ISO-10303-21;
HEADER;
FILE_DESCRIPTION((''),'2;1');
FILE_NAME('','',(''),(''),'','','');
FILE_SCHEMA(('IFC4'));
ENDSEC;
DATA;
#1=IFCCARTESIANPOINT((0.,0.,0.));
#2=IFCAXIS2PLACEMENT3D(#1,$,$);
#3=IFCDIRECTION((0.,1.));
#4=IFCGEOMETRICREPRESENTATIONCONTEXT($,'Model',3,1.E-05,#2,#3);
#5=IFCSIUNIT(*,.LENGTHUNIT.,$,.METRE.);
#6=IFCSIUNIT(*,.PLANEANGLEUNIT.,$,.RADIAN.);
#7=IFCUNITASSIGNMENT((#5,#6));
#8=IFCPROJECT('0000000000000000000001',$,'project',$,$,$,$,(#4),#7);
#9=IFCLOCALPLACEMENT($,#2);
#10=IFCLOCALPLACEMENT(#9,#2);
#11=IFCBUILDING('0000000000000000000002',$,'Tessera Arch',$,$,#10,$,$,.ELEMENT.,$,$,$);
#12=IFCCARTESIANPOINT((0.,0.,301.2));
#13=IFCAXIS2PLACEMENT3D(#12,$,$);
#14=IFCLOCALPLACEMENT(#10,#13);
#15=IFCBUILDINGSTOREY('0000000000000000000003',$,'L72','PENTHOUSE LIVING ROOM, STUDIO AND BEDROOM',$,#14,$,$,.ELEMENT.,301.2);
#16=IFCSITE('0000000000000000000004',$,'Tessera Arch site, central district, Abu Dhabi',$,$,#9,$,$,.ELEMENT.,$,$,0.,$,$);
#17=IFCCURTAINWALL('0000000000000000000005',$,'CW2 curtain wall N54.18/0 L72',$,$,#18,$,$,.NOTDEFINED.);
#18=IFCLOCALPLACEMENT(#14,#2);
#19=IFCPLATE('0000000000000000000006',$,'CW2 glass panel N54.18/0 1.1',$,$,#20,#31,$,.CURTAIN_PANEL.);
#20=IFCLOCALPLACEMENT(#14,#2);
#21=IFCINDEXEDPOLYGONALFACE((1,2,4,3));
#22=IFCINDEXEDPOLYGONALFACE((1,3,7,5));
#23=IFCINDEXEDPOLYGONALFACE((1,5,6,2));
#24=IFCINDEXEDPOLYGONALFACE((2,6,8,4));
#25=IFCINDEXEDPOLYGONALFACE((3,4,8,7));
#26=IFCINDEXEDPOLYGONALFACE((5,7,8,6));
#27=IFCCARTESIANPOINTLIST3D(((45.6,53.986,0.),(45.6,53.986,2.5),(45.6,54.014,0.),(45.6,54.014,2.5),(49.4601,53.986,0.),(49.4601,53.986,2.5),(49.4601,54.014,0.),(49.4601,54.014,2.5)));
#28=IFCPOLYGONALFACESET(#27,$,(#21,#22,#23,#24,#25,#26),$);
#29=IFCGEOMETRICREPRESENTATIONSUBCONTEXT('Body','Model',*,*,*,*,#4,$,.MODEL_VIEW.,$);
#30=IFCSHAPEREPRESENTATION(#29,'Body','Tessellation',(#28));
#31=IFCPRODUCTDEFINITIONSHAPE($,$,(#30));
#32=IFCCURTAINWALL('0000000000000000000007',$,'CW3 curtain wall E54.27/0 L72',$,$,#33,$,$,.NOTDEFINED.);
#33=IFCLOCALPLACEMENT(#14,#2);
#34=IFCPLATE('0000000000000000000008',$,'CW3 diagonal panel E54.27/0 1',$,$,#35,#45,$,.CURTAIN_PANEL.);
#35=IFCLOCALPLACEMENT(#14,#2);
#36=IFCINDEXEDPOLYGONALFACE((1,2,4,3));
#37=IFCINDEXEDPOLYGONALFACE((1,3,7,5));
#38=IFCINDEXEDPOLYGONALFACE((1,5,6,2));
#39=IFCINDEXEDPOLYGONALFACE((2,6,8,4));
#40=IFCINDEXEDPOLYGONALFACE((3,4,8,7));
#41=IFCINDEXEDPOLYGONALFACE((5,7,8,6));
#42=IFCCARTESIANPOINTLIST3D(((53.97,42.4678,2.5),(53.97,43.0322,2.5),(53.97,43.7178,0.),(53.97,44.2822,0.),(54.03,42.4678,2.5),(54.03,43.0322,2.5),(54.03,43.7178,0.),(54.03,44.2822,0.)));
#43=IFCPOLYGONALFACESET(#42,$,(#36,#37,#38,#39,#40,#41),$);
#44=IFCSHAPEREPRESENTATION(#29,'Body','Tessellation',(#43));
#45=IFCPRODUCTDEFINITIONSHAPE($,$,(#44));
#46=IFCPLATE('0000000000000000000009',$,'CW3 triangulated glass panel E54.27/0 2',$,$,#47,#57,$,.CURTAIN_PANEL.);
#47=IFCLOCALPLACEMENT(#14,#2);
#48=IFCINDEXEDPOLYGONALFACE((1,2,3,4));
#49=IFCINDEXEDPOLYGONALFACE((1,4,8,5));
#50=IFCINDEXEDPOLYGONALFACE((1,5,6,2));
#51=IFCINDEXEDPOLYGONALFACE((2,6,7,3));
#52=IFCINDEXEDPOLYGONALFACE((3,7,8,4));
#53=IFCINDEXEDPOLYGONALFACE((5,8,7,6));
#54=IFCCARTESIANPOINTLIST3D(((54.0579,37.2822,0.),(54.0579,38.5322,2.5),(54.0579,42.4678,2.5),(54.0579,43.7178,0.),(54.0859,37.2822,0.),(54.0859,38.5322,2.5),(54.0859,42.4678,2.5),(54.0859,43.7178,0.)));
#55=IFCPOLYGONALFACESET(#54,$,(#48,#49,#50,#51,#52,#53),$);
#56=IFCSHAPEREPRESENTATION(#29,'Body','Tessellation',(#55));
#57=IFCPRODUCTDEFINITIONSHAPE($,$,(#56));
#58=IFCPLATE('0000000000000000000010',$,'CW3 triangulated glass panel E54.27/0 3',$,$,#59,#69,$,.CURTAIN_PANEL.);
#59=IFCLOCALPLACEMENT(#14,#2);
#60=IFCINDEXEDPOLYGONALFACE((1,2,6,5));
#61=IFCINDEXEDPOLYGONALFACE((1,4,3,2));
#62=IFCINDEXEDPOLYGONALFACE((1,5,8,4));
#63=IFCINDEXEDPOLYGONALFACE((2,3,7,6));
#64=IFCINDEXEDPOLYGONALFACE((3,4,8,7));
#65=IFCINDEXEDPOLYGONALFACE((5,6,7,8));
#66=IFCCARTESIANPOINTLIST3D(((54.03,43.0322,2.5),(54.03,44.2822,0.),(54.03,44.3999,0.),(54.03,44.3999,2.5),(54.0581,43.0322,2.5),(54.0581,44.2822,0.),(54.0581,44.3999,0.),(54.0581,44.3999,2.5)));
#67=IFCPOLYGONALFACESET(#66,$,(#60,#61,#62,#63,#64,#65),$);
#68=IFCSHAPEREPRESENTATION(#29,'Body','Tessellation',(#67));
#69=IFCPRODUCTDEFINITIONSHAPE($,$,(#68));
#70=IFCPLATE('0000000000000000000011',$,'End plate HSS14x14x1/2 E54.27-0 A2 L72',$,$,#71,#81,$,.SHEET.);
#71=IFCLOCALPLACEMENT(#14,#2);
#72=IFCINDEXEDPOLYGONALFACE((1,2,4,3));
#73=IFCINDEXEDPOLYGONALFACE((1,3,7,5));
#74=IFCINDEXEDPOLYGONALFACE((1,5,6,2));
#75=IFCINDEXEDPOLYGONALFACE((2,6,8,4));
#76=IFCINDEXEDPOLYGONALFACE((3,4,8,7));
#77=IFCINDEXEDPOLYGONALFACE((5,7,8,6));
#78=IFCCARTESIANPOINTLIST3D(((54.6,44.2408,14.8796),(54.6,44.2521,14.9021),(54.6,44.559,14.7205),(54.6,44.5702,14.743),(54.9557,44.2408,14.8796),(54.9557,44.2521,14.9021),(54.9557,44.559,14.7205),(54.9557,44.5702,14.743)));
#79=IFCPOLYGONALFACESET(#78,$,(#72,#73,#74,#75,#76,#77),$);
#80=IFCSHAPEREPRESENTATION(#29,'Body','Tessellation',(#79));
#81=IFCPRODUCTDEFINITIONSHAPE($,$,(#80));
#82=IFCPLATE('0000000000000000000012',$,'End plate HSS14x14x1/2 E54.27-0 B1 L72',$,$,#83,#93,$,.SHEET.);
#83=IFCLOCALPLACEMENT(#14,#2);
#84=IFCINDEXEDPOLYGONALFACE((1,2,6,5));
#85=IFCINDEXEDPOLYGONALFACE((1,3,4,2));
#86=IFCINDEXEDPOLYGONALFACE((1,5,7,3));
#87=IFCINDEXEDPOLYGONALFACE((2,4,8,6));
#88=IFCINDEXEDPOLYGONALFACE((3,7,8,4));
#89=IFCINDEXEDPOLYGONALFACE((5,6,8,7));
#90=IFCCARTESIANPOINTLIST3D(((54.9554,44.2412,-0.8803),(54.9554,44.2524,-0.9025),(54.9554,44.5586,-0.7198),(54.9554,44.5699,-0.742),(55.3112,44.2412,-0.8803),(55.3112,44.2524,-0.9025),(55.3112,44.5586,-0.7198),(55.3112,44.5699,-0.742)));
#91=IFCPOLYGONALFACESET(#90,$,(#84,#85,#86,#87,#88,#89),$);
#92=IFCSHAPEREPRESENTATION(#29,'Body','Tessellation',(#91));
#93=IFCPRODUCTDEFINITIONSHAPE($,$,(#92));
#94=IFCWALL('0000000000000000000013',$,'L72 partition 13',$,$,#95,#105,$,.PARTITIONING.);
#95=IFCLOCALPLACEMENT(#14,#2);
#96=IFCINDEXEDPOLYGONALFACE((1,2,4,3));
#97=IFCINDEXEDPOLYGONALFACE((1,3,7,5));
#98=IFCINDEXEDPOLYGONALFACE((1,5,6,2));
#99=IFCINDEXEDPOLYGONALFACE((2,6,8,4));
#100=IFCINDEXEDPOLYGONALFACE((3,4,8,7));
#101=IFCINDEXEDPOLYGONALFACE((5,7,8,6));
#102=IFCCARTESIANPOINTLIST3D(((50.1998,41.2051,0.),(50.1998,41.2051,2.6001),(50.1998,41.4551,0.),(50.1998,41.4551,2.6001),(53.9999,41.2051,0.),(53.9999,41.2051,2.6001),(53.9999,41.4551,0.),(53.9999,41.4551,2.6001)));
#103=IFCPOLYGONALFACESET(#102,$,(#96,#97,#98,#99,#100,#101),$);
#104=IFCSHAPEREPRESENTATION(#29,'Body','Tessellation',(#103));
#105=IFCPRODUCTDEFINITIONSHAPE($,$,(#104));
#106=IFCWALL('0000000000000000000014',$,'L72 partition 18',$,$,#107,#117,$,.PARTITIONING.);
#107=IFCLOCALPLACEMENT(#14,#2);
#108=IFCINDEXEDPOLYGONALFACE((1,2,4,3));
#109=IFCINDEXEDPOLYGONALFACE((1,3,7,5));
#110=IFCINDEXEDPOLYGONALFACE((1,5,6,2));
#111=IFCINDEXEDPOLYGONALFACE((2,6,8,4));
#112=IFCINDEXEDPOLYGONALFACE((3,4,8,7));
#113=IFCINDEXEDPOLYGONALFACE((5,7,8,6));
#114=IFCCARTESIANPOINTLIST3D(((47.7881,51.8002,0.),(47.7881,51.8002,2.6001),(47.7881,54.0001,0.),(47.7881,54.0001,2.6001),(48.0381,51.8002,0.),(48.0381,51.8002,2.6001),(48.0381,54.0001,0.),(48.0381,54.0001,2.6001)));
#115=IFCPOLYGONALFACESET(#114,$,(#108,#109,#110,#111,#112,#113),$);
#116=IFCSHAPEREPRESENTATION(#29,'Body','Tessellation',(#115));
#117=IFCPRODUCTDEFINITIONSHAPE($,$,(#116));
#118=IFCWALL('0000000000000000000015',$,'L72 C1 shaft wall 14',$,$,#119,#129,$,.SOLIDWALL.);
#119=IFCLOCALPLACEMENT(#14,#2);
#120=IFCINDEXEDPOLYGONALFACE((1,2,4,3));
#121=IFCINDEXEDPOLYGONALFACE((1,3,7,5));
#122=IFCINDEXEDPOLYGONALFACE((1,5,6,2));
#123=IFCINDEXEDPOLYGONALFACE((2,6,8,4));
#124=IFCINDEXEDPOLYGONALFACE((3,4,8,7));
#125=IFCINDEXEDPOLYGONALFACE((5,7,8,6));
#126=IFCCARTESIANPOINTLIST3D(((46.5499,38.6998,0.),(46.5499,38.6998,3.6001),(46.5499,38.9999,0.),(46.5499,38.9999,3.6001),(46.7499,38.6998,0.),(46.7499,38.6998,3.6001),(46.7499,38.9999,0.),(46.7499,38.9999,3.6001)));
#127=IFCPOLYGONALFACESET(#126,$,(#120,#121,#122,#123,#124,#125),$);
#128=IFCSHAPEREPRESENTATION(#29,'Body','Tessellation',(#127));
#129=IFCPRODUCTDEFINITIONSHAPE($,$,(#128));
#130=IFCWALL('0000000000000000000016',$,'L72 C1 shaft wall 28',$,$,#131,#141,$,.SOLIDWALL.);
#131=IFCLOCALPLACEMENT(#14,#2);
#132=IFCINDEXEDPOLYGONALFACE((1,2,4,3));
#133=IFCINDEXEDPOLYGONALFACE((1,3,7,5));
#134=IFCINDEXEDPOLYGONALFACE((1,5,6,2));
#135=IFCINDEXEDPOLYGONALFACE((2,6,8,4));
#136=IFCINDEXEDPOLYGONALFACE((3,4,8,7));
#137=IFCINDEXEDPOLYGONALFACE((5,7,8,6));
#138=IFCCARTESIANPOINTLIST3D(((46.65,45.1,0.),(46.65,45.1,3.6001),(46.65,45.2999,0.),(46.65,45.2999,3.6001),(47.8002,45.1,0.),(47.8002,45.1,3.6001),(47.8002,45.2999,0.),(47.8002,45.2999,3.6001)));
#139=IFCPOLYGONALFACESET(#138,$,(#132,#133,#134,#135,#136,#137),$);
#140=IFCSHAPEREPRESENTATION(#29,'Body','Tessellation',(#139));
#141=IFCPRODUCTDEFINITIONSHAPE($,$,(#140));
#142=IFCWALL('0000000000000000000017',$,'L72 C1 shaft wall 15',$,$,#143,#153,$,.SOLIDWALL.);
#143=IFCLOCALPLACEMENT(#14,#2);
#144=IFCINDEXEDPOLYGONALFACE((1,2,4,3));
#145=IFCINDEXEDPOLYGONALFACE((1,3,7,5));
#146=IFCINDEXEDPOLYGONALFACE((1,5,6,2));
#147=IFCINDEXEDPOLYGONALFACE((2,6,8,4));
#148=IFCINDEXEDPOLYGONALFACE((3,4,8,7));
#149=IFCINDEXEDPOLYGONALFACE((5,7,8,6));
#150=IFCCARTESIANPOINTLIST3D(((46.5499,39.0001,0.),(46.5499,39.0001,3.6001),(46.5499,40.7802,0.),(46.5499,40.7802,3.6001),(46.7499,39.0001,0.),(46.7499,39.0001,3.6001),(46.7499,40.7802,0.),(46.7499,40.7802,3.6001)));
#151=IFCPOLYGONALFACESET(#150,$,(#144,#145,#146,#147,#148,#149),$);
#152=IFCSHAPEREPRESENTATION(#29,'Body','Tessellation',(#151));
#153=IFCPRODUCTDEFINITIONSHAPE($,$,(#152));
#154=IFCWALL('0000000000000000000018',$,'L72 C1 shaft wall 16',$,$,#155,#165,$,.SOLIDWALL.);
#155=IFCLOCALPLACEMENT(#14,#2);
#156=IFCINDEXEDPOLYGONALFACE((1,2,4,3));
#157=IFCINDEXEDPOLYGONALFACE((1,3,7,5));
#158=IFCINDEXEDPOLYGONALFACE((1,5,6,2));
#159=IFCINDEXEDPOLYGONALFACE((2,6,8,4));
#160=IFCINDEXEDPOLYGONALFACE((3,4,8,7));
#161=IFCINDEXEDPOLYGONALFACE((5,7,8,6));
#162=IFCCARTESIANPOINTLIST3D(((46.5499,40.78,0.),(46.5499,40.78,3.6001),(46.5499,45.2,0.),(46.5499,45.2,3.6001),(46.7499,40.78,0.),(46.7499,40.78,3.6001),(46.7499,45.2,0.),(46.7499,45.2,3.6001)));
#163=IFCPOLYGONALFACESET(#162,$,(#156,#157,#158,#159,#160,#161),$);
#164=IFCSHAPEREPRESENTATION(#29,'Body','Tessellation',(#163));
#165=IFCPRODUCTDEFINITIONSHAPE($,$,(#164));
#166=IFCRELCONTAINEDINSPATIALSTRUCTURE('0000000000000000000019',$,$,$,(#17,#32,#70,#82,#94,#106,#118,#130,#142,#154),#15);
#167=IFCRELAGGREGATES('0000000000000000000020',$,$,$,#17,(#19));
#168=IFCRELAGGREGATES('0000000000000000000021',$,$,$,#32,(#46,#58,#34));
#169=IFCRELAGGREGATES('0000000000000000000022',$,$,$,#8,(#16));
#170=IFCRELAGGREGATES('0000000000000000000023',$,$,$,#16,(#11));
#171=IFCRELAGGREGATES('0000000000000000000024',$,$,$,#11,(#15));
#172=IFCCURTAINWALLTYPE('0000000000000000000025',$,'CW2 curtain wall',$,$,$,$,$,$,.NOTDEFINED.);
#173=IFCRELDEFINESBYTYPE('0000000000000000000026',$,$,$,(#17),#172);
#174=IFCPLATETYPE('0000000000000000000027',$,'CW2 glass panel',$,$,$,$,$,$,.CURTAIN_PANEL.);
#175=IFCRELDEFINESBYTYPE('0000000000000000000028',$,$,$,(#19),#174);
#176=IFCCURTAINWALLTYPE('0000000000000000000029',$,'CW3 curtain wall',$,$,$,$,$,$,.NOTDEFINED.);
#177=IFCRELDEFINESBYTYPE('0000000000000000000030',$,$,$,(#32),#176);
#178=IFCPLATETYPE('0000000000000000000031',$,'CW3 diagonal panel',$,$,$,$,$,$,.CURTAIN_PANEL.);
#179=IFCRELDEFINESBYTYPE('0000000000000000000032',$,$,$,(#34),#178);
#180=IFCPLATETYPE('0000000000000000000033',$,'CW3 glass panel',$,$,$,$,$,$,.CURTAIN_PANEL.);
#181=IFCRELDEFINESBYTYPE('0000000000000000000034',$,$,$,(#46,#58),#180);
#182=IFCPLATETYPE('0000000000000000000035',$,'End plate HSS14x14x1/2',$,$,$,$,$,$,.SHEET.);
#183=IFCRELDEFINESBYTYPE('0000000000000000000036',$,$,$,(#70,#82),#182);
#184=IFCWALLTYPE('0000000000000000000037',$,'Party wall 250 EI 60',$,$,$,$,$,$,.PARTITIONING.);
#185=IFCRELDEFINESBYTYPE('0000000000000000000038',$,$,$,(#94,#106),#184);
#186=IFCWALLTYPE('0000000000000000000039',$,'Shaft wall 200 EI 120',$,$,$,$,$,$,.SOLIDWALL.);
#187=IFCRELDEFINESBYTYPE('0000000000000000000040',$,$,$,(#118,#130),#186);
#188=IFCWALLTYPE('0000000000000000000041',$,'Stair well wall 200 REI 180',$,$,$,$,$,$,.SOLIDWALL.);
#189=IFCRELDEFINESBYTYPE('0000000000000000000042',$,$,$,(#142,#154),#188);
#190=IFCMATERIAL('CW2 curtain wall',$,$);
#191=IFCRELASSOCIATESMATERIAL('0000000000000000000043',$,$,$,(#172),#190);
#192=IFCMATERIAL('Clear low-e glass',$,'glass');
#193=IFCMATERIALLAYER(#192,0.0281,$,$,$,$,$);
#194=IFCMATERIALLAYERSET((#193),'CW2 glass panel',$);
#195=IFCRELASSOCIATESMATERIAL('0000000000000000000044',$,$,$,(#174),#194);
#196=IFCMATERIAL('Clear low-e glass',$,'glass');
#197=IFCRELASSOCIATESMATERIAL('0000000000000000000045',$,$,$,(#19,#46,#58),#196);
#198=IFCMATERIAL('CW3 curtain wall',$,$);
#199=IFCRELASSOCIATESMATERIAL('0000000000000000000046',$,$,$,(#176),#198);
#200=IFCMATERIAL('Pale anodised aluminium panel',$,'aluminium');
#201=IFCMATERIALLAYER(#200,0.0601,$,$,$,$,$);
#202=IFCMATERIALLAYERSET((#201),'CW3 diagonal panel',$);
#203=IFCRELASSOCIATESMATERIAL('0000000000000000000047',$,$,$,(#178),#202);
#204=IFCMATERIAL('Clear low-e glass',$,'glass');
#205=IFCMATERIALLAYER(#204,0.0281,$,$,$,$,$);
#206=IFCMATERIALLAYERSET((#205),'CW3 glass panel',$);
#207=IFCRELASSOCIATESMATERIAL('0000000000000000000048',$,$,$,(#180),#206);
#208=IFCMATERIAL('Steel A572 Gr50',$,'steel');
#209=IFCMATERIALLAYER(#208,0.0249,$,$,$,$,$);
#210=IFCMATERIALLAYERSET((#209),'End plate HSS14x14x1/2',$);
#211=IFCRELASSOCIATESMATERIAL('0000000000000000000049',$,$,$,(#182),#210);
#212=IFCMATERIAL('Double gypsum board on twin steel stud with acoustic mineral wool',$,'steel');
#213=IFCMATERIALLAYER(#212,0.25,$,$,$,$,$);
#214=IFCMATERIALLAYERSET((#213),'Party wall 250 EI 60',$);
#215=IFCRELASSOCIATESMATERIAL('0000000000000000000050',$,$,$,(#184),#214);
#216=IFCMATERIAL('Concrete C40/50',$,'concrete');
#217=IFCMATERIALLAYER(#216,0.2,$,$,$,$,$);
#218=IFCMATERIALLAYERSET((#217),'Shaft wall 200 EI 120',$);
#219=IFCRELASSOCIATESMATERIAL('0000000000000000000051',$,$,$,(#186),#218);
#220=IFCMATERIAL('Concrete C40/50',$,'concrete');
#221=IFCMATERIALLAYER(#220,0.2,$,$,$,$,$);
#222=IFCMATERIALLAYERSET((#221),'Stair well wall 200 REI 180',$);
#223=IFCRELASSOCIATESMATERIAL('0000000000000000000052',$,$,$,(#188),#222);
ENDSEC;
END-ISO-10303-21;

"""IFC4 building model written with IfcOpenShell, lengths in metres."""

from ifc_helpers import new_model, si_unit, direction, frame, frame_2d, origin, origin_2d, place, context, subcontext, project, spatial, polyline, rectangle, outline, extrude, material, layer, layer_set, type_object, element, aggregate, save


model = new_model("IFC4")

# Units and contexts
model_context = context("Model", 3, precision=1e-05, world=origin(), true_north=direction((0.0, 1.0)))
body_context = subcontext(model_context, "Body", "Model", "MODEL_VIEW")
ifc_project = project(units=[si_unit("LENGTHUNIT", "METRE"), si_unit("PLANEANGLEUNIT", "RADIAN")], contexts=[model_context])

# Site, building, storey
site_placement = place(None, origin())
site = spatial("IfcSite", under=ifc_project, at=site_placement, Name="Tessera Arch site, central district, Abu Dhabi", CompositionType="ELEMENT", RefElevation=0.0)
building_placement = place(site_placement, origin())
building = spatial("IfcBuilding", under=site, at=building_placement, Name="Tessera Arch", CompositionType="ELEMENT")
storey_placement = place(building_placement, frame((0.0, 0.0, 301.2)))
storey = spatial("IfcBuildingStorey", under=building, at=storey_placement, Name="L72", Description="PENTHOUSE LIVING ROOM, STUDIO AND BEDROOM", CompositionType="ELEMENT", Elevation=301.2)

# Curtain wall
ifc_material_1 = material(Name="CW2 curtain wall")
curtain_wall_type_1 = type_object("IfcCurtainWallType", Name="CW2 curtain wall", PredefinedType="NOTDEFINED", material=ifc_material_1)
curtain_wall_1_placement = place(storey_placement, origin())
curtain_wall_1 = element("IfcCurtainWall", 1, at=curtain_wall_1_placement, inside=storey, type_object=curtain_wall_type_1, Name="CW2 curtain wall N54.18/0 L72", PredefinedType="NOTDEFINED")

# Plate
ifc_material_2 = material(Name="Clear low-e glass", Category="glass")
ifc_material_3 = material(Name="Clear low-e glass", Category="glass")
ifc_layer_1 = layer(ifc_material_3, 0.0281)
ifc_layer_set_1 = layer_set([ifc_layer_1], Name="CW2 glass panel")
plate_type_1 = type_object("IfcPlateType", Name="CW2 glass panel", PredefinedType="CURTAIN_PANEL", material=ifc_layer_set_1)
plate_1_placement = place(storey_placement, frame((47.53, 54.0, 0.0), z_axis=(0.0, 0.0, 1.0), x_axis=(-1.0, 0.0, 0.0)))
plate_1 = element("IfcPlate", 2, at=plate_1_placement, type_object=plate_type_1, material=ifc_material_2, Name="CW2 glass panel N54.18/0 1.1", PredefinedType="CURTAIN_PANEL", context=body_context, shape_type="SweptSolid", body=[
    extrude(rectangle(XDim=3.8601, YDim=0.0281, at=origin_2d()), origin(), (0.0, 0.0, 1.0), 2.5),
])
aggregate(curtain_wall_1, [plate_1])

# Curtain wall, plates
ifc_material_4 = material(Name="CW3 curtain wall")
curtain_wall_type_2 = type_object("IfcCurtainWallType", Name="CW3 curtain wall", PredefinedType="NOTDEFINED", material=ifc_material_4)
curtain_wall_2_placement = place(storey_placement, origin())
curtain_wall_2 = element("IfcCurtainWall", 3, at=curtain_wall_2_placement, inside=storey, type_object=curtain_wall_type_2, Name="CW3 curtain wall E54.27/0 L72", PredefinedType="NOTDEFINED")
ifc_material_5 = material(Name="Pale anodised aluminium panel", Category="aluminium")
ifc_layer_2 = layer(ifc_material_5, 0.0601)
ifc_layer_set_2 = layer_set([ifc_layer_2], Name="CW3 diagonal panel")
plate_type_2 = type_object("IfcPlateType", Name="CW3 diagonal panel", PredefinedType="CURTAIN_PANEL", material=ifc_layer_set_2)
plate_2_placement = place(storey_placement, frame((54.03, 43.0322, 2.5), z_axis=(1.0, 0.0, 0.0), x_axis=(0.0, -1.0, 0.0)))
plate_2 = element("IfcPlate", 4, at=plate_2_placement, type_object=plate_type_2, Name="CW3 diagonal panel E54.27/0 1", PredefinedType="CURTAIN_PANEL", context=body_context, shape_type="SweptSolid", body=[
    extrude(outline(polyline([(0.0, 0.0), (0.5645, 0.0), (-0.6855, 2.5), (-1.25, 2.5), (0.0, 0.0)])), origin(), (0.0, 0.0, -1.0), 0.0601),
])
ifc_material_6 = material(Name="Clear low-e glass", Category="glass")
ifc_layer_3 = layer(ifc_material_6, 0.0281)
ifc_layer_set_3 = layer_set([ifc_layer_3], Name="CW3 glass panel")
plate_type_3 = type_object("IfcPlateType", Name="CW3 glass panel", PredefinedType="CURTAIN_PANEL", material=ifc_layer_set_3)
plate_3_placement = place(storey_placement, frame((54.0859, 42.4678, 2.5), z_axis=(1.0, 0.0, 0.0), x_axis=(0.0, -1.0, 0.0)))
plate_3 = element("IfcPlate", 5, at=plate_3_placement, type_object=plate_type_3, material=ifc_material_2, Name="CW3 triangulated glass panel E54.27/0 2", PredefinedType="CURTAIN_PANEL", context=body_context, shape_type="SweptSolid", body=[
    extrude(outline(polyline([(0.0, 0.0), (3.9355, 0.0), (5.1855, 2.5), (-1.25, 2.5), (0.0, 0.0)])), origin(), (0.0, 0.0, -1.0), 0.0281),
])
plate_4_placement = place(storey_placement, frame((54.0581, 44.3999, 2.5), z_axis=(1.0, 0.0, 0.0), x_axis=(0.0, -1.0, 0.0)))
plate_4 = element("IfcPlate", 6, at=plate_4_placement, type_object=plate_type_3, material=ifc_material_2, Name="CW3 triangulated glass panel E54.27/0 3", PredefinedType="CURTAIN_PANEL", context=body_context, shape_type="SweptSolid", body=[
    extrude(outline(polyline([(0.0, 0.0), (1.3677, 0.0), (0.1177, 2.5), (0.0, 2.5), (0.0, 0.0)])), origin(), (0.0, 0.0, -1.0), 0.0281),
])
aggregate(curtain_wall_2, [plate_3, plate_4, plate_2])

# Plates
ifc_material_7 = material(Name="Steel A572 Gr50", Category="steel")
ifc_layer_4 = layer(ifc_material_7, 0.0249)
ifc_layer_set_4 = layer_set([ifc_layer_4], Name="End plate HSS14x14x1/2")
plate_type_4 = type_object("IfcPlateType", Name="End plate HSS14x14x1/2", PredefinedType="SHEET", material=ifc_layer_set_4)
plate_5_placement = place(storey_placement, frame((54.7778, 44.3999, 14.8), z_axis=(0.0, 0.447214, 0.894427), x_axis=(-1.0, 0.0, 0.0)))
element("IfcPlate", 7, at=plate_5_placement, inside=storey, type_object=plate_type_4, Name="End plate HSS14x14x1/2 E54.27-0 A2 L72", PredefinedType="SHEET", context=body_context, shape_type="SweptSolid", body=[
    extrude(rectangle(XDim=0.3557, YDim=0.3557, at=origin_2d()), origin(), (0.0, 0.0, 1.0), 0.0251),
])
plate_6_placement = place(storey_placement, frame((55.1333, 44.4111, -0.8223), z_axis=(0.0, -0.451132, 0.892457), x_axis=(1.0, 0.0, 0.0)))
element("IfcPlate", 8, at=plate_6_placement, inside=storey, type_object=plate_type_4, Name="End plate HSS14x14x1/2 E54.27-0 B1 L72", PredefinedType="SHEET", context=body_context, shape_type="SweptSolid", body=[
    extrude(rectangle(XDim=0.3557, YDim=0.3557, at=origin_2d()), origin(), (0.0, 0.0, 1.0), 0.0249),
])

# Walls
ifc_material_8 = material(Name="Double gypsum board on twin steel stud with acoustic mineral wool", Category="steel")
ifc_layer_5 = layer(ifc_material_8, 0.25)
ifc_layer_set_5 = layer_set([ifc_layer_5], Name="Party wall 250 EI 60")
wall_type_1 = type_object("IfcWallType", Name="Party wall 250 EI 60", PredefinedType="PARTITIONING", material=ifc_layer_set_5)
wall_1_placement = place(storey_placement, frame((50.2, 41.3301, 0.0), z_axis=(0.0, 0.0, 1.0), x_axis=(1.0, 0.0, 0.0)))
element("IfcWall", 9, at=wall_1_placement, inside=storey, type_object=wall_type_1, Name="L72 partition 13", PredefinedType="PARTITIONING", context=body_context, shape_type="SweptSolid", body=[
    extrude(rectangle(XDim=3.8, YDim=0.25, at=frame_2d((1.8999, 0.0))), origin(), (0.0, 0.0, 1.0), 2.6001),
])
wall_2_placement = place(storey_placement, frame((47.9131, 51.8, 0.0), z_axis=(0.0, 0.0, 1.0), x_axis=(0.0, 1.0, 0.0)))
element("IfcWall", 10, at=wall_2_placement, inside=storey, type_object=wall_type_1, Name="L72 partition 18", PredefinedType="PARTITIONING", context=body_context, shape_type="SweptSolid", body=[
    extrude(rectangle(XDim=2.2, YDim=0.25, at=frame_2d((1.1001, 0.0))), origin(), (0.0, 0.0, 1.0), 2.6001),
])
ifc_material_9 = material(Name="Concrete C40/50", Category="concrete")
ifc_layer_6 = layer(ifc_material_9, 0.2)
ifc_layer_set_6 = layer_set([ifc_layer_6], Name="Shaft wall 200 EI 120")
wall_type_2 = type_object("IfcWallType", Name="Shaft wall 200 EI 120", PredefinedType="SOLIDWALL", material=ifc_layer_set_6)
wall_3_placement = place(storey_placement, frame((46.6499, 38.7, 0.0), z_axis=(0.0, 0.0, 1.0), x_axis=(0.0, 1.0, 0.0)))
element("IfcWall", 11, at=wall_3_placement, inside=storey, type_object=wall_type_2, Name="L72 C1 shaft wall 14", PredefinedType="SOLIDWALL", context=body_context, shape_type="SweptSolid", body=[
    extrude(rectangle(XDim=0.3, YDim=0.2, at=frame_2d((0.1499, 0.0))), origin(), (0.0, 0.0, 1.0), 3.6001),
])
wall_4_placement = place(storey_placement, frame((46.6499, 45.2, 0.0), z_axis=(0.0, 0.0, 1.0), x_axis=(1.0, 0.0, 0.0)))
element("IfcWall", 12, at=wall_4_placement, inside=storey, type_object=wall_type_2, Name="L72 C1 shaft wall 28", PredefinedType="SOLIDWALL", context=body_context, shape_type="SweptSolid", body=[
    extrude(rectangle(XDim=1.1501, YDim=0.2, at=frame_2d((0.5752, 0.0))), origin(), (0.0, 0.0, 1.0), 3.6001),
])
ifc_material_10 = material(Name="Concrete C40/50", Category="concrete")
ifc_layer_7 = layer(ifc_material_10, 0.2)
ifc_layer_set_7 = layer_set([ifc_layer_7], Name="Stair well wall 200 REI 180")
wall_type_3 = type_object("IfcWallType", Name="Stair well wall 200 REI 180", PredefinedType="SOLIDWALL", material=ifc_layer_set_7)
wall_5_placement = place(storey_placement, frame((46.6499, 39.0, 0.0), z_axis=(0.0, 0.0, 1.0), x_axis=(0.0, 1.0, 0.0)))
element("IfcWall", 13, at=wall_5_placement, inside=storey, type_object=wall_type_3, Name="L72 C1 shaft wall 15", PredefinedType="SOLIDWALL", context=body_context, shape_type="SweptSolid", body=[
    extrude(rectangle(XDim=1.78, YDim=0.2, at=frame_2d((0.8901, 0.0))), origin(), (0.0, 0.0, 1.0), 3.6001),
])
wall_6_placement = place(storey_placement, frame((46.6499, 40.78, 0.0), z_axis=(0.0, 0.0, 1.0), x_axis=(0.0, 1.0, 0.0)))
element("IfcWall", 14, at=wall_6_placement, inside=storey, type_object=wall_type_3, Name="L72 C1 shaft wall 16", PredefinedType="SOLIDWALL", context=body_context, shape_type="SweptSolid", body=[
    extrude(rectangle(XDim=4.4199, YDim=0.2, at=frame_2d((2.21, 0.0))), origin(), (0.0, 0.0, 1.0), 3.6001),
])

save(model, "model.ifc")
